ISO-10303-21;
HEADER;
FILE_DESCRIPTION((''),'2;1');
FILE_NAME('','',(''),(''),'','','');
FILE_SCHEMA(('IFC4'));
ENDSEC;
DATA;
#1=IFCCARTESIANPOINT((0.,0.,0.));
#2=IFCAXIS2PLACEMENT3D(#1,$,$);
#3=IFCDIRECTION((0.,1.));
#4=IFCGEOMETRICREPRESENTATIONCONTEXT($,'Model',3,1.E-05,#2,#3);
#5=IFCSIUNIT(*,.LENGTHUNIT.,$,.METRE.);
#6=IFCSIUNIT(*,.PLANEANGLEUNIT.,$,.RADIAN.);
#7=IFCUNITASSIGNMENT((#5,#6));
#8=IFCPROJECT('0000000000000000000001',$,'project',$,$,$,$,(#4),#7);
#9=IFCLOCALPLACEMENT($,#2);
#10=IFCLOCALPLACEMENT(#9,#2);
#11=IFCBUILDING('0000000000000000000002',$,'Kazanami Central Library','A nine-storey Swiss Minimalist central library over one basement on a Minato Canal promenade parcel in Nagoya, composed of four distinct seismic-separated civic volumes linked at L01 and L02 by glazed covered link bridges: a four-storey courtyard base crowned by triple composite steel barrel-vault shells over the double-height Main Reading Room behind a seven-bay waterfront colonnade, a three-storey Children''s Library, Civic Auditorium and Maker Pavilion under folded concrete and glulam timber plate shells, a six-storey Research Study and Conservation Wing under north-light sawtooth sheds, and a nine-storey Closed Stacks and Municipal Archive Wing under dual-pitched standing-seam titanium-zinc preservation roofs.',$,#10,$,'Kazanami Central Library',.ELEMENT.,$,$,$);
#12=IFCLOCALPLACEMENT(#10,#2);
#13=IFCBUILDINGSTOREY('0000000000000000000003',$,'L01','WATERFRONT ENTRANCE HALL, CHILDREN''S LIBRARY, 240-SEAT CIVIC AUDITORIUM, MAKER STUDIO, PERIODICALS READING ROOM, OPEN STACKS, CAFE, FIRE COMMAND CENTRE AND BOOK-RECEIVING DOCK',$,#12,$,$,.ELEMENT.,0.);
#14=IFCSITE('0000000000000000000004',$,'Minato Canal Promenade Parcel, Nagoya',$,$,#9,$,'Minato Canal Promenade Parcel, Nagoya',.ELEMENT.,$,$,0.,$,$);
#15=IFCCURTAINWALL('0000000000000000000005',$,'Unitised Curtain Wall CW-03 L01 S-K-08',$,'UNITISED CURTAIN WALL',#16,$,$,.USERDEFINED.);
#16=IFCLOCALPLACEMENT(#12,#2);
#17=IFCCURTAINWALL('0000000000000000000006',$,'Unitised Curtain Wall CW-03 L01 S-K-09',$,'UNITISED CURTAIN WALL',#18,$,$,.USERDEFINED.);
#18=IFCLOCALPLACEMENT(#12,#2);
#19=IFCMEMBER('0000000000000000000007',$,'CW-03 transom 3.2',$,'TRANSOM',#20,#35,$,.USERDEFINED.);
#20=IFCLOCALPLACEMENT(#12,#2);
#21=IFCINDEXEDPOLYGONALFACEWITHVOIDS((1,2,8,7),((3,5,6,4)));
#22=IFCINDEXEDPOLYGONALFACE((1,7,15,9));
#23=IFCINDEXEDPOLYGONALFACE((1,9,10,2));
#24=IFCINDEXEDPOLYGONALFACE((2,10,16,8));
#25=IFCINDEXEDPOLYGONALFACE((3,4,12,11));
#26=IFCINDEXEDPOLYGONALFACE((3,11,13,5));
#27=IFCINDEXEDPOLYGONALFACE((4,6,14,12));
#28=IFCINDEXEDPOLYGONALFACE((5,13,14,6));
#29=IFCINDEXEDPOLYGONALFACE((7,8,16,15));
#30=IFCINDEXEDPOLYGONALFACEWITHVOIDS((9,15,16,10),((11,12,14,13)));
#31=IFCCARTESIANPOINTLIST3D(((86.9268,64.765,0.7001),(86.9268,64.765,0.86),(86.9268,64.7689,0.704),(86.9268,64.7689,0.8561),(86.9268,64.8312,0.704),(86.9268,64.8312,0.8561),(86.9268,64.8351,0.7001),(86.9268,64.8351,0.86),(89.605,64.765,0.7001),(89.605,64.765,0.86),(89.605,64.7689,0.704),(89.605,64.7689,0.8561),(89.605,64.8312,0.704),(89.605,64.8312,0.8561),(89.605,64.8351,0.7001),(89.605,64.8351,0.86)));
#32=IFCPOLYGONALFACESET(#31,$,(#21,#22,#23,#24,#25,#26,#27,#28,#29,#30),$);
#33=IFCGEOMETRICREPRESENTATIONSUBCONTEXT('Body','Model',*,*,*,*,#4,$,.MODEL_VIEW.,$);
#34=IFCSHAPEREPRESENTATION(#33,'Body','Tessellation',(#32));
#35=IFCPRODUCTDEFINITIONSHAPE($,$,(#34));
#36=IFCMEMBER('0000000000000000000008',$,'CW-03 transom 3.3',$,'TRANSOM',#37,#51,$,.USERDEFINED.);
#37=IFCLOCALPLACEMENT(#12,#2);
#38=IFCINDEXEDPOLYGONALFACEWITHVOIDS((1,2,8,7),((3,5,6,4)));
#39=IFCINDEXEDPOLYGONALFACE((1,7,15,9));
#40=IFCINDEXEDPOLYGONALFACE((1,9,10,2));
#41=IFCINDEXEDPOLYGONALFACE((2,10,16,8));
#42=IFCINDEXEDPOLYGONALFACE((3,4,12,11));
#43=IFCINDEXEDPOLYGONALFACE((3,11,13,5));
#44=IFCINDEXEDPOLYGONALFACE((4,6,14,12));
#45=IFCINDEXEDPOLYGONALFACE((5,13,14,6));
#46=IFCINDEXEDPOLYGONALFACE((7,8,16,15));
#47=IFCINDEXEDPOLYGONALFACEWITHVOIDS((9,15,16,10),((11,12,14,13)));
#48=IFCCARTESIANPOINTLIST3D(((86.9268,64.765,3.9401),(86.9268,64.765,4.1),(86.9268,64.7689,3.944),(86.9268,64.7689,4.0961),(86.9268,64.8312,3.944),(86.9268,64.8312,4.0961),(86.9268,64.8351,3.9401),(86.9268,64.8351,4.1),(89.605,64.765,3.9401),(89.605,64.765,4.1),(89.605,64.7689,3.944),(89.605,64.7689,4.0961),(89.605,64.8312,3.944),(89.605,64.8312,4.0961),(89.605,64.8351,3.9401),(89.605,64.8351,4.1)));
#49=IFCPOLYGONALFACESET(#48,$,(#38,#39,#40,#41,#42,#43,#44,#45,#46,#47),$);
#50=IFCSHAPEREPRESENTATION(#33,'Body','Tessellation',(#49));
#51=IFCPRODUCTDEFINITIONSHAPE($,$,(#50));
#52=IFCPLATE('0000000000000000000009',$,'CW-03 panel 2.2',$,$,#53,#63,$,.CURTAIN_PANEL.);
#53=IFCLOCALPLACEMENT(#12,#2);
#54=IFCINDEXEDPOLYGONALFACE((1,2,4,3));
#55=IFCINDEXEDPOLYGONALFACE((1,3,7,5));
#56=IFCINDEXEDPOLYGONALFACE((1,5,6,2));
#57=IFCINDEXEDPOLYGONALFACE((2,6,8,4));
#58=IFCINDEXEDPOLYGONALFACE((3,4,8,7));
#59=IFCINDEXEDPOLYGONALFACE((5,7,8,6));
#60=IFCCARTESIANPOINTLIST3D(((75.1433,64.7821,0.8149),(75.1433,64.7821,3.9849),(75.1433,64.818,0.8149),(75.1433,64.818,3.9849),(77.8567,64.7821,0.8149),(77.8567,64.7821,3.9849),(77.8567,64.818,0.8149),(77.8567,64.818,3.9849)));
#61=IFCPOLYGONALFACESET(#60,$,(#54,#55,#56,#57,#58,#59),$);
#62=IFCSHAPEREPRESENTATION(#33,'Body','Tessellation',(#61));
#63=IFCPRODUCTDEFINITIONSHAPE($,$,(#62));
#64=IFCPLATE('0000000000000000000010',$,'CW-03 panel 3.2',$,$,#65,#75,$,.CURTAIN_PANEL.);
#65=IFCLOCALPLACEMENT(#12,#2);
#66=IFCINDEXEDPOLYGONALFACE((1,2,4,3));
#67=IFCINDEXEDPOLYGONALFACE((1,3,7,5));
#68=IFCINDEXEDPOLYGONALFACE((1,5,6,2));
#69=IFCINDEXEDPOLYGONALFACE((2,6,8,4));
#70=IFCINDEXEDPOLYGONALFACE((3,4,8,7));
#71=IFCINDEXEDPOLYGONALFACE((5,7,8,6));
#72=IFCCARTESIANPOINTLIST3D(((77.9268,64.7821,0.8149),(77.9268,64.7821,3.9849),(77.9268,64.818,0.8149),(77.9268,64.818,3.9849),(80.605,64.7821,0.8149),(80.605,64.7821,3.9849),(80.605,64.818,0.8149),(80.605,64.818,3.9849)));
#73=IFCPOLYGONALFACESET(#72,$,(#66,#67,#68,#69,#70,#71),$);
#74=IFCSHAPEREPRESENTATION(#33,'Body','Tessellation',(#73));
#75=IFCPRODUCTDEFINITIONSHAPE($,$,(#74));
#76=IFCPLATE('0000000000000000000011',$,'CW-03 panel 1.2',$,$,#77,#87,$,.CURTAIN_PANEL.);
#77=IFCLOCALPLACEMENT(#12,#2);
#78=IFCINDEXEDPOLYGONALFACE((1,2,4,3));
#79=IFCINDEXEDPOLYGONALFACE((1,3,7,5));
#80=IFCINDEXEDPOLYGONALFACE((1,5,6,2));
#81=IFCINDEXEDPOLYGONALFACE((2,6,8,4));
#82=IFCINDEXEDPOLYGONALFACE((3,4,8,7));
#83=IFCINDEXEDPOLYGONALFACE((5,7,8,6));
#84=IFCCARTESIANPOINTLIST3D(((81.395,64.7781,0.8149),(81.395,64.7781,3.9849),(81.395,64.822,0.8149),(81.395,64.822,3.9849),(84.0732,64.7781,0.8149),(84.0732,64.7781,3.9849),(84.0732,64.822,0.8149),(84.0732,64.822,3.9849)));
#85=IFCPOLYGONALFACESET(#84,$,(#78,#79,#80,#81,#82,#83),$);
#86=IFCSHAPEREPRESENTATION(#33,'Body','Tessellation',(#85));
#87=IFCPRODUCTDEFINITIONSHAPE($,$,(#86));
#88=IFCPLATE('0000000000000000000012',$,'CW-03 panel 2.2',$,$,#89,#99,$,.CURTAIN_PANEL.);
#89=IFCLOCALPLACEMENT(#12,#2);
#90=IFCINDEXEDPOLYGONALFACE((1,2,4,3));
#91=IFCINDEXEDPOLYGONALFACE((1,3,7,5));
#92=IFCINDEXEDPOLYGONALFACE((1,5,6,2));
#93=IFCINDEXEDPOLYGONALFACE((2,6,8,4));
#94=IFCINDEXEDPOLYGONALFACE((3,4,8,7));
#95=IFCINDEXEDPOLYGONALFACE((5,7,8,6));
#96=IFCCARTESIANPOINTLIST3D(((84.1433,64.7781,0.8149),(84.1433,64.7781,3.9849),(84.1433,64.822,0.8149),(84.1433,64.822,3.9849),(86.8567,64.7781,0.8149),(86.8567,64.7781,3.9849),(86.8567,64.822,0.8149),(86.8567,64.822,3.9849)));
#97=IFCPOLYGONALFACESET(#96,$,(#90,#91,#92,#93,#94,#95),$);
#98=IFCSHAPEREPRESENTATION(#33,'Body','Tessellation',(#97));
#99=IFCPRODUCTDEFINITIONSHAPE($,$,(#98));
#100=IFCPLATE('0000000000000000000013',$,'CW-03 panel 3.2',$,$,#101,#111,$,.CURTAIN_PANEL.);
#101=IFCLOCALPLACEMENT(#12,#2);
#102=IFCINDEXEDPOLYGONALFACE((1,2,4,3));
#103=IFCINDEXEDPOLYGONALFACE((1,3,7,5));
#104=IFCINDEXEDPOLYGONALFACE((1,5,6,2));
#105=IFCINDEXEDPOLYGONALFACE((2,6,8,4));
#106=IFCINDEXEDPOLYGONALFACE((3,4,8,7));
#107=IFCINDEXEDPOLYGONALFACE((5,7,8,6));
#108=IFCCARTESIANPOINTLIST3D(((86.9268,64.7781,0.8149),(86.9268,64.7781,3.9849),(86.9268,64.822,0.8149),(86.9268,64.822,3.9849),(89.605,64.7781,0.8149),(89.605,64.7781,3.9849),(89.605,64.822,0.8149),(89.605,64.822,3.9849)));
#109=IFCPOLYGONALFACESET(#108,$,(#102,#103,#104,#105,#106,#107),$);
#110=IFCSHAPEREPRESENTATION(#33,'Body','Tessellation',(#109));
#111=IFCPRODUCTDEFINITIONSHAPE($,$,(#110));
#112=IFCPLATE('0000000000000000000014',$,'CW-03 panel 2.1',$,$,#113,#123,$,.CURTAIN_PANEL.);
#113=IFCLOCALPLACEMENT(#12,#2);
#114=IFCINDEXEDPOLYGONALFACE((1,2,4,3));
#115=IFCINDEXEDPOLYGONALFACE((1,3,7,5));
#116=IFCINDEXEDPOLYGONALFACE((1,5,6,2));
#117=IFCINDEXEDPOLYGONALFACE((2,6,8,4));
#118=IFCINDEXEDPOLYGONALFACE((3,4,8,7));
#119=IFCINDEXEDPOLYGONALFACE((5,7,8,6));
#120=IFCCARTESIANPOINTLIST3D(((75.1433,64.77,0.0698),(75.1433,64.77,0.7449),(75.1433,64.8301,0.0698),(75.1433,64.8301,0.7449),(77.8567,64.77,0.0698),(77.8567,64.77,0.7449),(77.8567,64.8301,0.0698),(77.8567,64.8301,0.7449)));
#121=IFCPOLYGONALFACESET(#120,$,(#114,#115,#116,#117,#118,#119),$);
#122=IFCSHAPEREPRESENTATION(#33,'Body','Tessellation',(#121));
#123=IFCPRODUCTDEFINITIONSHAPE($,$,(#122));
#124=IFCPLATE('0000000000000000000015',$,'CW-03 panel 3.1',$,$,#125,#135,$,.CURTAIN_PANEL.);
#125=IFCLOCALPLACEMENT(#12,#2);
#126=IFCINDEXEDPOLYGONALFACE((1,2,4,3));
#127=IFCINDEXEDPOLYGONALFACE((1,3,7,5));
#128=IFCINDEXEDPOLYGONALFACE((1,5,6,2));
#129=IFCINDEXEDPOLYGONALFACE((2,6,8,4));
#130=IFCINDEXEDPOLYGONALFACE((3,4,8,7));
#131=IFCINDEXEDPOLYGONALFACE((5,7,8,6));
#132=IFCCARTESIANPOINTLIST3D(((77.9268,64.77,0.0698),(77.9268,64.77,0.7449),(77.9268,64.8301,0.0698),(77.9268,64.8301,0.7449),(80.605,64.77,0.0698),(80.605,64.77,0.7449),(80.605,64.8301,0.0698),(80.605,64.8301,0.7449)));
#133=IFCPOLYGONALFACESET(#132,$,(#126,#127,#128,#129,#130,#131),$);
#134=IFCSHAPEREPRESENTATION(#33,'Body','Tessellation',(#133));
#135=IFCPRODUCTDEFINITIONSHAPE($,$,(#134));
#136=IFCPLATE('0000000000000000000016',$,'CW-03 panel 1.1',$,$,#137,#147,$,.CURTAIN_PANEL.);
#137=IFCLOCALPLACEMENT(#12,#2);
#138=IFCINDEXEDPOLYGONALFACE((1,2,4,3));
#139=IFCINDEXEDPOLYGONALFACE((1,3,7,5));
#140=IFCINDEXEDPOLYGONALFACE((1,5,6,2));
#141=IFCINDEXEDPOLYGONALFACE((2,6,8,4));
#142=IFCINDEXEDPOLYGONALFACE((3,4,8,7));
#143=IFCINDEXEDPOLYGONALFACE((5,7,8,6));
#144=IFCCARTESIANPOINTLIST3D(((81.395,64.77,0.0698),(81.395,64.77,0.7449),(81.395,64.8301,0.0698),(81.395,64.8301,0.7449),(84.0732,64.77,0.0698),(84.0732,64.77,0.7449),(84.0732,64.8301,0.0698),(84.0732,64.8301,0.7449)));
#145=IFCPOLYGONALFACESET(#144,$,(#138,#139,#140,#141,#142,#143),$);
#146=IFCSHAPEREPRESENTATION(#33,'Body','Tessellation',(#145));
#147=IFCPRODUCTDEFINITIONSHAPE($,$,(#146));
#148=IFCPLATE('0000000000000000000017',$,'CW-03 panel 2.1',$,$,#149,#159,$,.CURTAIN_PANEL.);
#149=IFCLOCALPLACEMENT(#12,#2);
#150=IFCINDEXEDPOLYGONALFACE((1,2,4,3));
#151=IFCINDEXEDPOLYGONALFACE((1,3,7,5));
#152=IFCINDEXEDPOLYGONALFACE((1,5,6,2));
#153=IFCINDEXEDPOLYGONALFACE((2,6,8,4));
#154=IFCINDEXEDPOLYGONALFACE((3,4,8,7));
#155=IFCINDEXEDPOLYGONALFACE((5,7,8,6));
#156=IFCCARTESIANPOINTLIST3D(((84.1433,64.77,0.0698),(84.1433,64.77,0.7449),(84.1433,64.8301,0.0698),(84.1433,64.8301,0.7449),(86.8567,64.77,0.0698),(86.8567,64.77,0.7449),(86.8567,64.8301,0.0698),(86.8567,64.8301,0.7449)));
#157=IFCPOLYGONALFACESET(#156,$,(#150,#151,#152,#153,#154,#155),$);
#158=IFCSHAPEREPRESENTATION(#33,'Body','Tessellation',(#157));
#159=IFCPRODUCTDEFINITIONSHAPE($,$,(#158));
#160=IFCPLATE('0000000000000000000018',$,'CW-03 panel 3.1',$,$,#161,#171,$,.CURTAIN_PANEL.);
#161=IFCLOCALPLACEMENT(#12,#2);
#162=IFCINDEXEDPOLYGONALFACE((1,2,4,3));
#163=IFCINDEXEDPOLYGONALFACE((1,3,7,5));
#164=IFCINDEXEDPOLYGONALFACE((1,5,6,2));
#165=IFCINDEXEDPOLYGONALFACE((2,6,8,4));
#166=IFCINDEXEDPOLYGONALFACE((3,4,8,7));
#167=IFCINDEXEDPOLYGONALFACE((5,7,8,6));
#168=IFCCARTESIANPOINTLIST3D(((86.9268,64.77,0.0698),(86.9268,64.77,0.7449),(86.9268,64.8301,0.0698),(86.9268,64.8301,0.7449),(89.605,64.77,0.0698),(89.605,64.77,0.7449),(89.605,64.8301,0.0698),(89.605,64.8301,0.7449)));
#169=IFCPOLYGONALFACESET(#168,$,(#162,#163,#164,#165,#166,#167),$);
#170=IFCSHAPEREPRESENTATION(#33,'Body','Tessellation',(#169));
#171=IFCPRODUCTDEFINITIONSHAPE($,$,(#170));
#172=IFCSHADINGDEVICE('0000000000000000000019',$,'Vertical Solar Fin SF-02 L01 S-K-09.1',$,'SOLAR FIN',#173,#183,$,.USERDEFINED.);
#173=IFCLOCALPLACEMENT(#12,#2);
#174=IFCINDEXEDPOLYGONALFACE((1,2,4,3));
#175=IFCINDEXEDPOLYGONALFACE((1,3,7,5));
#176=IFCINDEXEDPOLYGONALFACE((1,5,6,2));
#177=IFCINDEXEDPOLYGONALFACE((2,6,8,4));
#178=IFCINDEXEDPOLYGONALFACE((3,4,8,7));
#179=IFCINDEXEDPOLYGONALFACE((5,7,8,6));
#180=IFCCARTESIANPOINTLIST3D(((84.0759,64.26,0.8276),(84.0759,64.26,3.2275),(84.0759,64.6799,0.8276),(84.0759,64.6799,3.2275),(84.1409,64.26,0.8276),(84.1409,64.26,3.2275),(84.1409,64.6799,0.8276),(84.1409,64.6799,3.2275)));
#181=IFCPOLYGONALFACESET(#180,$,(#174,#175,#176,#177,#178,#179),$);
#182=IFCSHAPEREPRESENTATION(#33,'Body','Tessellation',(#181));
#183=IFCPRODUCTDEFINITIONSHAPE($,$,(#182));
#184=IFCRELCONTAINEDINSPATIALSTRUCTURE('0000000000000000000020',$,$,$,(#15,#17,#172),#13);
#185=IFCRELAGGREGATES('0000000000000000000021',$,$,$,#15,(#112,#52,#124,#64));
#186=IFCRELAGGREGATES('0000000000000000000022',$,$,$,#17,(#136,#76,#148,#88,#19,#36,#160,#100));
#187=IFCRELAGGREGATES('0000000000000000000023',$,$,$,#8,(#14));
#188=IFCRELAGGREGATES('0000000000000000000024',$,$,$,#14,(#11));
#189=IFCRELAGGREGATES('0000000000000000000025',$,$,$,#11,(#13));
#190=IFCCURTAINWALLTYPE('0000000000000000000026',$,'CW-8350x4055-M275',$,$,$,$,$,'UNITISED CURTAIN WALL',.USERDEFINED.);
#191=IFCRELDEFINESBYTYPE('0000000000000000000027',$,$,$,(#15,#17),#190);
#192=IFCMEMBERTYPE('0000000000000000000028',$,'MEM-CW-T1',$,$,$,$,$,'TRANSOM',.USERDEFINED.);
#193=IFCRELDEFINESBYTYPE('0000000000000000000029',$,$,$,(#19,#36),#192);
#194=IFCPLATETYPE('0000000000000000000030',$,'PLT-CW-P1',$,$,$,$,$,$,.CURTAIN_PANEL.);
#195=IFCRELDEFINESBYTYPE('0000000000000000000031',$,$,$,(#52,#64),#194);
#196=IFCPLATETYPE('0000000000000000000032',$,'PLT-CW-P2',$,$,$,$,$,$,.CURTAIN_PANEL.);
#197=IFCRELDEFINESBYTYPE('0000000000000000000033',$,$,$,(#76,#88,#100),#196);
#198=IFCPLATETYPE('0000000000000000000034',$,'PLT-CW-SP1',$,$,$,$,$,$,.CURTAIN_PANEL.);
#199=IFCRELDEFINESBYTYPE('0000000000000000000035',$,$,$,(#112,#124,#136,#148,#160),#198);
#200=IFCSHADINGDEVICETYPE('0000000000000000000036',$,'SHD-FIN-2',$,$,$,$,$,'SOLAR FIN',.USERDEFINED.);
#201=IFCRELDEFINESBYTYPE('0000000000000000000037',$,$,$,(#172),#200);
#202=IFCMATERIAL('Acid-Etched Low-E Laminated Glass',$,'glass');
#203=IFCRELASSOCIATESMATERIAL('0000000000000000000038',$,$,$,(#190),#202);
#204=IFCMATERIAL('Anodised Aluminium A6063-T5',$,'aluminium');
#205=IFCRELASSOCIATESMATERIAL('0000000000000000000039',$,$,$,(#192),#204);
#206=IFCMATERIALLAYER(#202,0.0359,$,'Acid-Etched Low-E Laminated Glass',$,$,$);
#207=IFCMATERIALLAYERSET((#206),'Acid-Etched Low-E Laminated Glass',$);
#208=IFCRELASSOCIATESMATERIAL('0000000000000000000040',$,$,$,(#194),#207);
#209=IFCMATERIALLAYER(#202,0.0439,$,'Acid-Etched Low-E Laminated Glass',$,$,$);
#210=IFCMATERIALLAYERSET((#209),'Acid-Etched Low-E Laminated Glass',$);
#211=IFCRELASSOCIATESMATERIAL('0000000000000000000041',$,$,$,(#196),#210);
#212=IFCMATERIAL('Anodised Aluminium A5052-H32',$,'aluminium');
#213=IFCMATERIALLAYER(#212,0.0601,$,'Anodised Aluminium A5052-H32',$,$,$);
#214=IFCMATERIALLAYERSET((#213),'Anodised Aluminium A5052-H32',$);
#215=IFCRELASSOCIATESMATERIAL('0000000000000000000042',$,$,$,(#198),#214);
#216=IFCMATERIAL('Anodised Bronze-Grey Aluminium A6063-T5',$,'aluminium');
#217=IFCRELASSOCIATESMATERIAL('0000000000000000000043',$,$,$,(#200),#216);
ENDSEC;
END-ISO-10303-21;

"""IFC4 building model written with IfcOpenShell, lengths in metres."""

from ifc_helpers import new_model, si_unit, direction, frame, origin, origin_2d, place, context, subcontext, project, spatial, rectangle, hollow_rectangle, extrude, material, layer, layer_set, material_profile, profile_set, type_object, element, aggregate, save


model = new_model("IFC4")

# Units and contexts
model_context = context("Model", 3, precision=1e-05, world=origin(), true_north=direction((0.0, 1.0)))
body_context = subcontext(model_context, "Body", "Model", "MODEL_VIEW")
ifc_project = project(units=[si_unit("LENGTHUNIT", "METRE"), si_unit("PLANEANGLEUNIT", "RADIAN")], contexts=[model_context])

# Site, building, storey
site_placement = place(None, origin())
site = spatial("IfcSite", under=ifc_project, at=site_placement, Name="Minato Canal Promenade Parcel, Nagoya", LongName="Minato Canal Promenade Parcel, Nagoya", CompositionType="ELEMENT", RefElevation=0.0)
building_placement = place(site_placement, origin())
building = spatial("IfcBuilding", under=site, at=building_placement, Name="Kazanami Central Library", Description="A nine-storey Swiss Minimalist central library over one basement on a Minato Canal promenade parcel in Nagoya, composed of four distinct seismic-separated civic volumes linked at L01 and L02 by glazed covered link bridges: a four-storey courtyard base crowned by triple composite steel barrel-vault shells over the double-height Main Reading Room behind a seven-bay waterfront colonnade, a three-storey Children's Library, Civic Auditorium and Maker Pavilion under folded concrete and glulam timber plate shells, a six-storey Research Study and Conservation Wing under north-light sawtooth sheds, and a nine-storey Closed Stacks and Municipal Archive Wing under dual-pitched standing-seam titanium-zinc preservation roofs.", LongName="Kazanami Central Library", CompositionType="ELEMENT")
storey_placement = place(building_placement, origin())
storey = spatial("IfcBuildingStorey", under=building, at=storey_placement, Name="L01", Description="WATERFRONT ENTRANCE HALL, CHILDREN'S LIBRARY, 240-SEAT CIVIC AUDITORIUM, MAKER STUDIO, PERIODICALS READING ROOM, OPEN STACKS, CAFE, FIRE COMMAND CENTRE AND BOOK-RECEIVING DOCK", CompositionType="ELEMENT", Elevation=0.0)

# Curtain walls
ifc_material_1 = material(Name="Acid-Etched Low-E Laminated Glass", Category="glass")
curtain_wall_type = type_object("IfcCurtainWallType", Name="CW-8350x4055-M275", ElementType="UNITISED CURTAIN WALL", PredefinedType="USERDEFINED", material=ifc_material_1)
curtain_wall_1_placement = place(storey_placement, origin())
curtain_wall_1 = element("IfcCurtainWall", 1, at=curtain_wall_1_placement, inside=storey, type_object=curtain_wall_type, Name="Unitised Curtain Wall CW-03 L01 S-K-08", ObjectType="UNITISED CURTAIN WALL", PredefinedType="USERDEFINED")
ifc_material_2 = material(Name="Anodised Aluminium A6063-T5", Category="aluminium")
curtain_wall_2_placement = place(storey_placement, origin())
curtain_wall_2 = element("IfcCurtainWall", 2, at=curtain_wall_2_placement, inside=storey, type_object=curtain_wall_type, Name="Unitised Curtain Wall CW-03 L01 S-K-09", ObjectType="UNITISED CURTAIN WALL", PredefinedType="USERDEFINED")

# Members
ifc_material_profile_1 = material_profile(ifc_material_2, hollow_rectangle(XDim=0.0701, YDim=0.1599, WallThickness=0.0039, at=origin_2d()), Name="ALU-TRAN-70x160x4")
ifc_profile_set_1 = profile_set([ifc_material_profile_1], Name="Anodised Aluminium A6063-T5")
member_type_1 = type_object("IfcMemberType", Name="MEM-CW-T1", ElementType="TRANSOM", PredefinedType="USERDEFINED", material=ifc_profile_set_1)
member_1_placement = place(storey_placement, frame((86.9268, 64.8, 0.78), z_axis=(1.0, 0.0, 0.0), x_axis=(0.0, 1.0, 0.0)))
member_1 = element("IfcMember", 3, at=member_1_placement, type_object=member_type_1, Name="CW-03 transom 3.2", ObjectType="TRANSOM", PredefinedType="USERDEFINED", context=body_context, shape_type="SweptSolid", body=[
    extrude(hollow_rectangle(XDim=0.0701, YDim=0.1599, WallThickness=0.0039, at=origin_2d()), origin(), (0.0, 0.0, 1.0), 2.6782),
])
member_2_placement = place(storey_placement, frame((86.9268, 64.8, 4.02), z_axis=(1.0, 0.0, 0.0), x_axis=(0.0, 1.0, 0.0)))
member_2 = element("IfcMember", 4, at=member_2_placement, type_object=member_type_1, Name="CW-03 transom 3.3", ObjectType="TRANSOM", PredefinedType="USERDEFINED", context=body_context, shape_type="SweptSolid", body=[
    extrude(hollow_rectangle(XDim=0.0701, YDim=0.1599, WallThickness=0.0039, at=origin_2d()), origin(), (0.0, 0.0, 1.0), 2.6782),
])

# Plates
ifc_layer_1 = layer(ifc_material_1, 0.0359, Name="Acid-Etched Low-E Laminated Glass")
ifc_layer_set_1 = layer_set([ifc_layer_1], Name="Acid-Etched Low-E Laminated Glass")
plate_type_1 = type_object("IfcPlateType", Name="PLT-CW-P1", PredefinedType="CURTAIN_PANEL", material=ifc_layer_set_1)
plate_1_placement = place(storey_placement, frame((76.5, 64.8, 0.8149), z_axis=(0.0, 0.0, 1.0), x_axis=(1.0, 0.0, 0.0)))
plate_1 = element("IfcPlate", 5, at=plate_1_placement, type_object=plate_type_1, Name="CW-03 panel 2.2", PredefinedType="CURTAIN_PANEL", context=body_context, shape_type="SweptSolid", body=[
    extrude(rectangle(XDim=2.7134, YDim=0.0359, at=origin_2d()), origin(), (0.0, 0.0, 1.0), 3.1699),
])
plate_2_placement = place(storey_placement, frame((79.2659, 64.8, 0.8149), z_axis=(0.0, 0.0, 1.0), x_axis=(1.0, 0.0, 0.0)))
plate_2 = element("IfcPlate", 6, at=plate_2_placement, type_object=plate_type_1, Name="CW-03 panel 3.2", PredefinedType="CURTAIN_PANEL", context=body_context, shape_type="SweptSolid", body=[
    extrude(rectangle(XDim=2.6782, YDim=0.0359, at=origin_2d()), origin(), (0.0, 0.0, 1.0), 3.1699),
])
ifc_layer_2 = layer(ifc_material_1, 0.0439, Name="Acid-Etched Low-E Laminated Glass")
ifc_layer_set_2 = layer_set([ifc_layer_2], Name="Acid-Etched Low-E Laminated Glass")
plate_type_2 = type_object("IfcPlateType", Name="PLT-CW-P2", PredefinedType="CURTAIN_PANEL", material=ifc_layer_set_2)
plate_3_placement = place(storey_placement, frame((82.7341, 64.8, 0.8149), z_axis=(0.0, 0.0, 1.0), x_axis=(1.0, 0.0, 0.0)))
plate_3 = element("IfcPlate", 7, at=plate_3_placement, type_object=plate_type_2, Name="CW-03 panel 1.2", PredefinedType="CURTAIN_PANEL", context=body_context, shape_type="SweptSolid", body=[
    extrude(rectangle(XDim=2.6782, YDim=0.0439, at=origin_2d()), origin(), (0.0, 0.0, 1.0), 3.1699),
])
plate_4_placement = place(storey_placement, frame((85.5, 64.8, 0.8149), z_axis=(0.0, 0.0, 1.0), x_axis=(1.0, 0.0, 0.0)))
plate_4 = element("IfcPlate", 8, at=plate_4_placement, type_object=plate_type_2, Name="CW-03 panel 2.2", PredefinedType="CURTAIN_PANEL", context=body_context, shape_type="SweptSolid", body=[
    extrude(rectangle(XDim=2.7134, YDim=0.0439, at=origin_2d()), origin(), (0.0, 0.0, 1.0), 3.1699),
])
plate_5_placement = place(storey_placement, frame((88.2659, 64.8, 0.8149), z_axis=(0.0, 0.0, 1.0), x_axis=(1.0, 0.0, 0.0)))
plate_5 = element("IfcPlate", 9, at=plate_5_placement, type_object=plate_type_2, Name="CW-03 panel 3.2", PredefinedType="CURTAIN_PANEL", context=body_context, shape_type="SweptSolid", body=[
    extrude(rectangle(XDim=2.6782, YDim=0.0439, at=origin_2d()), origin(), (0.0, 0.0, 1.0), 3.1699),
])
ifc_material_3 = material(Name="Anodised Aluminium A5052-H32", Category="aluminium")
ifc_layer_3 = layer(ifc_material_3, 0.0601, Name="Anodised Aluminium A5052-H32")
ifc_layer_set_3 = layer_set([ifc_layer_3], Name="Anodised Aluminium A5052-H32")
plate_type_3 = type_object("IfcPlateType", Name="PLT-CW-SP1", PredefinedType="CURTAIN_PANEL", material=ifc_layer_set_3)
plate_6_placement = place(storey_placement, frame((76.5, 64.8, 0.0698), z_axis=(0.0, 0.0, 1.0), x_axis=(1.0, 0.0, 0.0)))
plate_6 = element("IfcPlate", 10, at=plate_6_placement, type_object=plate_type_3, Name="CW-03 panel 2.1", PredefinedType="CURTAIN_PANEL", context=body_context, shape_type="SweptSolid", body=[
    extrude(rectangle(XDim=2.7134, YDim=0.0601, at=origin_2d()), origin(), (0.0, 0.0, 1.0), 0.675),
])
plate_7_placement = place(storey_placement, frame((79.2659, 64.8, 0.0698), z_axis=(0.0, 0.0, 1.0), x_axis=(1.0, 0.0, 0.0)))
plate_7 = element("IfcPlate", 11, at=plate_7_placement, type_object=plate_type_3, Name="CW-03 panel 3.1", PredefinedType="CURTAIN_PANEL", context=body_context, shape_type="SweptSolid", body=[
    extrude(rectangle(XDim=2.6782, YDim=0.0601, at=origin_2d()), origin(), (0.0, 0.0, 1.0), 0.675),
])
aggregate(curtain_wall_1, [plate_6, plate_1, plate_7, plate_2])
plate_8_placement = place(storey_placement, frame((82.7341, 64.8, 0.0698), z_axis=(0.0, 0.0, 1.0), x_axis=(1.0, 0.0, 0.0)))
plate_8 = element("IfcPlate", 12, at=plate_8_placement, type_object=plate_type_3, Name="CW-03 panel 1.1", PredefinedType="CURTAIN_PANEL", context=body_context, shape_type="SweptSolid", body=[
    extrude(rectangle(XDim=2.6782, YDim=0.0601, at=origin_2d()), origin(), (0.0, 0.0, 1.0), 0.675),
])
plate_9_placement = place(storey_placement, frame((85.5, 64.8, 0.0698), z_axis=(0.0, 0.0, 1.0), x_axis=(1.0, 0.0, 0.0)))
plate_9 = element("IfcPlate", 13, at=plate_9_placement, type_object=plate_type_3, Name="CW-03 panel 2.1", PredefinedType="CURTAIN_PANEL", context=body_context, shape_type="SweptSolid", body=[
    extrude(rectangle(XDim=2.7134, YDim=0.0601, at=origin_2d()), origin(), (0.0, 0.0, 1.0), 0.675),
])
plate_10_placement = place(storey_placement, frame((88.2659, 64.8, 0.0698), z_axis=(0.0, 0.0, 1.0), x_axis=(1.0, 0.0, 0.0)))
plate_10 = element("IfcPlate", 14, at=plate_10_placement, type_object=plate_type_3, Name="CW-03 panel 3.1", PredefinedType="CURTAIN_PANEL", context=body_context, shape_type="SweptSolid", body=[
    extrude(rectangle(XDim=2.6782, YDim=0.0601, at=origin_2d()), origin(), (0.0, 0.0, 1.0), 0.675),
])
aggregate(curtain_wall_2, [plate_8, plate_3, plate_9, plate_4, member_1, member_2, plate_10, plate_5])

# Shading device
ifc_material_4 = material(Name="Anodised Bronze-Grey Aluminium A6063-T5", Category="aluminium")
shading_device_type = type_object("IfcShadingDeviceType", Name="SHD-FIN-2", ElementType="SOLAR FIN", PredefinedType="USERDEFINED", material=ifc_material_4)
shading_device_placement = place(storey_placement, frame((84.1084, 64.47, 0.8276), z_axis=(0.0, 0.0, 1.0), x_axis=(1.0, 0.0, 0.0)))
element("IfcShadingDevice", 15, at=shading_device_placement, inside=storey, type_object=shading_device_type, Name="Vertical Solar Fin SF-02 L01 S-K-09.1", ObjectType="SOLAR FIN", PredefinedType="USERDEFINED", context=body_context, shape_type="SweptSolid", body=[
    extrude(rectangle(XDim=0.0649, YDim=0.4199, at=origin_2d()), origin(), (0.0, 0.0, 1.0), 2.3999),
])

save(model, "model.ifc")
